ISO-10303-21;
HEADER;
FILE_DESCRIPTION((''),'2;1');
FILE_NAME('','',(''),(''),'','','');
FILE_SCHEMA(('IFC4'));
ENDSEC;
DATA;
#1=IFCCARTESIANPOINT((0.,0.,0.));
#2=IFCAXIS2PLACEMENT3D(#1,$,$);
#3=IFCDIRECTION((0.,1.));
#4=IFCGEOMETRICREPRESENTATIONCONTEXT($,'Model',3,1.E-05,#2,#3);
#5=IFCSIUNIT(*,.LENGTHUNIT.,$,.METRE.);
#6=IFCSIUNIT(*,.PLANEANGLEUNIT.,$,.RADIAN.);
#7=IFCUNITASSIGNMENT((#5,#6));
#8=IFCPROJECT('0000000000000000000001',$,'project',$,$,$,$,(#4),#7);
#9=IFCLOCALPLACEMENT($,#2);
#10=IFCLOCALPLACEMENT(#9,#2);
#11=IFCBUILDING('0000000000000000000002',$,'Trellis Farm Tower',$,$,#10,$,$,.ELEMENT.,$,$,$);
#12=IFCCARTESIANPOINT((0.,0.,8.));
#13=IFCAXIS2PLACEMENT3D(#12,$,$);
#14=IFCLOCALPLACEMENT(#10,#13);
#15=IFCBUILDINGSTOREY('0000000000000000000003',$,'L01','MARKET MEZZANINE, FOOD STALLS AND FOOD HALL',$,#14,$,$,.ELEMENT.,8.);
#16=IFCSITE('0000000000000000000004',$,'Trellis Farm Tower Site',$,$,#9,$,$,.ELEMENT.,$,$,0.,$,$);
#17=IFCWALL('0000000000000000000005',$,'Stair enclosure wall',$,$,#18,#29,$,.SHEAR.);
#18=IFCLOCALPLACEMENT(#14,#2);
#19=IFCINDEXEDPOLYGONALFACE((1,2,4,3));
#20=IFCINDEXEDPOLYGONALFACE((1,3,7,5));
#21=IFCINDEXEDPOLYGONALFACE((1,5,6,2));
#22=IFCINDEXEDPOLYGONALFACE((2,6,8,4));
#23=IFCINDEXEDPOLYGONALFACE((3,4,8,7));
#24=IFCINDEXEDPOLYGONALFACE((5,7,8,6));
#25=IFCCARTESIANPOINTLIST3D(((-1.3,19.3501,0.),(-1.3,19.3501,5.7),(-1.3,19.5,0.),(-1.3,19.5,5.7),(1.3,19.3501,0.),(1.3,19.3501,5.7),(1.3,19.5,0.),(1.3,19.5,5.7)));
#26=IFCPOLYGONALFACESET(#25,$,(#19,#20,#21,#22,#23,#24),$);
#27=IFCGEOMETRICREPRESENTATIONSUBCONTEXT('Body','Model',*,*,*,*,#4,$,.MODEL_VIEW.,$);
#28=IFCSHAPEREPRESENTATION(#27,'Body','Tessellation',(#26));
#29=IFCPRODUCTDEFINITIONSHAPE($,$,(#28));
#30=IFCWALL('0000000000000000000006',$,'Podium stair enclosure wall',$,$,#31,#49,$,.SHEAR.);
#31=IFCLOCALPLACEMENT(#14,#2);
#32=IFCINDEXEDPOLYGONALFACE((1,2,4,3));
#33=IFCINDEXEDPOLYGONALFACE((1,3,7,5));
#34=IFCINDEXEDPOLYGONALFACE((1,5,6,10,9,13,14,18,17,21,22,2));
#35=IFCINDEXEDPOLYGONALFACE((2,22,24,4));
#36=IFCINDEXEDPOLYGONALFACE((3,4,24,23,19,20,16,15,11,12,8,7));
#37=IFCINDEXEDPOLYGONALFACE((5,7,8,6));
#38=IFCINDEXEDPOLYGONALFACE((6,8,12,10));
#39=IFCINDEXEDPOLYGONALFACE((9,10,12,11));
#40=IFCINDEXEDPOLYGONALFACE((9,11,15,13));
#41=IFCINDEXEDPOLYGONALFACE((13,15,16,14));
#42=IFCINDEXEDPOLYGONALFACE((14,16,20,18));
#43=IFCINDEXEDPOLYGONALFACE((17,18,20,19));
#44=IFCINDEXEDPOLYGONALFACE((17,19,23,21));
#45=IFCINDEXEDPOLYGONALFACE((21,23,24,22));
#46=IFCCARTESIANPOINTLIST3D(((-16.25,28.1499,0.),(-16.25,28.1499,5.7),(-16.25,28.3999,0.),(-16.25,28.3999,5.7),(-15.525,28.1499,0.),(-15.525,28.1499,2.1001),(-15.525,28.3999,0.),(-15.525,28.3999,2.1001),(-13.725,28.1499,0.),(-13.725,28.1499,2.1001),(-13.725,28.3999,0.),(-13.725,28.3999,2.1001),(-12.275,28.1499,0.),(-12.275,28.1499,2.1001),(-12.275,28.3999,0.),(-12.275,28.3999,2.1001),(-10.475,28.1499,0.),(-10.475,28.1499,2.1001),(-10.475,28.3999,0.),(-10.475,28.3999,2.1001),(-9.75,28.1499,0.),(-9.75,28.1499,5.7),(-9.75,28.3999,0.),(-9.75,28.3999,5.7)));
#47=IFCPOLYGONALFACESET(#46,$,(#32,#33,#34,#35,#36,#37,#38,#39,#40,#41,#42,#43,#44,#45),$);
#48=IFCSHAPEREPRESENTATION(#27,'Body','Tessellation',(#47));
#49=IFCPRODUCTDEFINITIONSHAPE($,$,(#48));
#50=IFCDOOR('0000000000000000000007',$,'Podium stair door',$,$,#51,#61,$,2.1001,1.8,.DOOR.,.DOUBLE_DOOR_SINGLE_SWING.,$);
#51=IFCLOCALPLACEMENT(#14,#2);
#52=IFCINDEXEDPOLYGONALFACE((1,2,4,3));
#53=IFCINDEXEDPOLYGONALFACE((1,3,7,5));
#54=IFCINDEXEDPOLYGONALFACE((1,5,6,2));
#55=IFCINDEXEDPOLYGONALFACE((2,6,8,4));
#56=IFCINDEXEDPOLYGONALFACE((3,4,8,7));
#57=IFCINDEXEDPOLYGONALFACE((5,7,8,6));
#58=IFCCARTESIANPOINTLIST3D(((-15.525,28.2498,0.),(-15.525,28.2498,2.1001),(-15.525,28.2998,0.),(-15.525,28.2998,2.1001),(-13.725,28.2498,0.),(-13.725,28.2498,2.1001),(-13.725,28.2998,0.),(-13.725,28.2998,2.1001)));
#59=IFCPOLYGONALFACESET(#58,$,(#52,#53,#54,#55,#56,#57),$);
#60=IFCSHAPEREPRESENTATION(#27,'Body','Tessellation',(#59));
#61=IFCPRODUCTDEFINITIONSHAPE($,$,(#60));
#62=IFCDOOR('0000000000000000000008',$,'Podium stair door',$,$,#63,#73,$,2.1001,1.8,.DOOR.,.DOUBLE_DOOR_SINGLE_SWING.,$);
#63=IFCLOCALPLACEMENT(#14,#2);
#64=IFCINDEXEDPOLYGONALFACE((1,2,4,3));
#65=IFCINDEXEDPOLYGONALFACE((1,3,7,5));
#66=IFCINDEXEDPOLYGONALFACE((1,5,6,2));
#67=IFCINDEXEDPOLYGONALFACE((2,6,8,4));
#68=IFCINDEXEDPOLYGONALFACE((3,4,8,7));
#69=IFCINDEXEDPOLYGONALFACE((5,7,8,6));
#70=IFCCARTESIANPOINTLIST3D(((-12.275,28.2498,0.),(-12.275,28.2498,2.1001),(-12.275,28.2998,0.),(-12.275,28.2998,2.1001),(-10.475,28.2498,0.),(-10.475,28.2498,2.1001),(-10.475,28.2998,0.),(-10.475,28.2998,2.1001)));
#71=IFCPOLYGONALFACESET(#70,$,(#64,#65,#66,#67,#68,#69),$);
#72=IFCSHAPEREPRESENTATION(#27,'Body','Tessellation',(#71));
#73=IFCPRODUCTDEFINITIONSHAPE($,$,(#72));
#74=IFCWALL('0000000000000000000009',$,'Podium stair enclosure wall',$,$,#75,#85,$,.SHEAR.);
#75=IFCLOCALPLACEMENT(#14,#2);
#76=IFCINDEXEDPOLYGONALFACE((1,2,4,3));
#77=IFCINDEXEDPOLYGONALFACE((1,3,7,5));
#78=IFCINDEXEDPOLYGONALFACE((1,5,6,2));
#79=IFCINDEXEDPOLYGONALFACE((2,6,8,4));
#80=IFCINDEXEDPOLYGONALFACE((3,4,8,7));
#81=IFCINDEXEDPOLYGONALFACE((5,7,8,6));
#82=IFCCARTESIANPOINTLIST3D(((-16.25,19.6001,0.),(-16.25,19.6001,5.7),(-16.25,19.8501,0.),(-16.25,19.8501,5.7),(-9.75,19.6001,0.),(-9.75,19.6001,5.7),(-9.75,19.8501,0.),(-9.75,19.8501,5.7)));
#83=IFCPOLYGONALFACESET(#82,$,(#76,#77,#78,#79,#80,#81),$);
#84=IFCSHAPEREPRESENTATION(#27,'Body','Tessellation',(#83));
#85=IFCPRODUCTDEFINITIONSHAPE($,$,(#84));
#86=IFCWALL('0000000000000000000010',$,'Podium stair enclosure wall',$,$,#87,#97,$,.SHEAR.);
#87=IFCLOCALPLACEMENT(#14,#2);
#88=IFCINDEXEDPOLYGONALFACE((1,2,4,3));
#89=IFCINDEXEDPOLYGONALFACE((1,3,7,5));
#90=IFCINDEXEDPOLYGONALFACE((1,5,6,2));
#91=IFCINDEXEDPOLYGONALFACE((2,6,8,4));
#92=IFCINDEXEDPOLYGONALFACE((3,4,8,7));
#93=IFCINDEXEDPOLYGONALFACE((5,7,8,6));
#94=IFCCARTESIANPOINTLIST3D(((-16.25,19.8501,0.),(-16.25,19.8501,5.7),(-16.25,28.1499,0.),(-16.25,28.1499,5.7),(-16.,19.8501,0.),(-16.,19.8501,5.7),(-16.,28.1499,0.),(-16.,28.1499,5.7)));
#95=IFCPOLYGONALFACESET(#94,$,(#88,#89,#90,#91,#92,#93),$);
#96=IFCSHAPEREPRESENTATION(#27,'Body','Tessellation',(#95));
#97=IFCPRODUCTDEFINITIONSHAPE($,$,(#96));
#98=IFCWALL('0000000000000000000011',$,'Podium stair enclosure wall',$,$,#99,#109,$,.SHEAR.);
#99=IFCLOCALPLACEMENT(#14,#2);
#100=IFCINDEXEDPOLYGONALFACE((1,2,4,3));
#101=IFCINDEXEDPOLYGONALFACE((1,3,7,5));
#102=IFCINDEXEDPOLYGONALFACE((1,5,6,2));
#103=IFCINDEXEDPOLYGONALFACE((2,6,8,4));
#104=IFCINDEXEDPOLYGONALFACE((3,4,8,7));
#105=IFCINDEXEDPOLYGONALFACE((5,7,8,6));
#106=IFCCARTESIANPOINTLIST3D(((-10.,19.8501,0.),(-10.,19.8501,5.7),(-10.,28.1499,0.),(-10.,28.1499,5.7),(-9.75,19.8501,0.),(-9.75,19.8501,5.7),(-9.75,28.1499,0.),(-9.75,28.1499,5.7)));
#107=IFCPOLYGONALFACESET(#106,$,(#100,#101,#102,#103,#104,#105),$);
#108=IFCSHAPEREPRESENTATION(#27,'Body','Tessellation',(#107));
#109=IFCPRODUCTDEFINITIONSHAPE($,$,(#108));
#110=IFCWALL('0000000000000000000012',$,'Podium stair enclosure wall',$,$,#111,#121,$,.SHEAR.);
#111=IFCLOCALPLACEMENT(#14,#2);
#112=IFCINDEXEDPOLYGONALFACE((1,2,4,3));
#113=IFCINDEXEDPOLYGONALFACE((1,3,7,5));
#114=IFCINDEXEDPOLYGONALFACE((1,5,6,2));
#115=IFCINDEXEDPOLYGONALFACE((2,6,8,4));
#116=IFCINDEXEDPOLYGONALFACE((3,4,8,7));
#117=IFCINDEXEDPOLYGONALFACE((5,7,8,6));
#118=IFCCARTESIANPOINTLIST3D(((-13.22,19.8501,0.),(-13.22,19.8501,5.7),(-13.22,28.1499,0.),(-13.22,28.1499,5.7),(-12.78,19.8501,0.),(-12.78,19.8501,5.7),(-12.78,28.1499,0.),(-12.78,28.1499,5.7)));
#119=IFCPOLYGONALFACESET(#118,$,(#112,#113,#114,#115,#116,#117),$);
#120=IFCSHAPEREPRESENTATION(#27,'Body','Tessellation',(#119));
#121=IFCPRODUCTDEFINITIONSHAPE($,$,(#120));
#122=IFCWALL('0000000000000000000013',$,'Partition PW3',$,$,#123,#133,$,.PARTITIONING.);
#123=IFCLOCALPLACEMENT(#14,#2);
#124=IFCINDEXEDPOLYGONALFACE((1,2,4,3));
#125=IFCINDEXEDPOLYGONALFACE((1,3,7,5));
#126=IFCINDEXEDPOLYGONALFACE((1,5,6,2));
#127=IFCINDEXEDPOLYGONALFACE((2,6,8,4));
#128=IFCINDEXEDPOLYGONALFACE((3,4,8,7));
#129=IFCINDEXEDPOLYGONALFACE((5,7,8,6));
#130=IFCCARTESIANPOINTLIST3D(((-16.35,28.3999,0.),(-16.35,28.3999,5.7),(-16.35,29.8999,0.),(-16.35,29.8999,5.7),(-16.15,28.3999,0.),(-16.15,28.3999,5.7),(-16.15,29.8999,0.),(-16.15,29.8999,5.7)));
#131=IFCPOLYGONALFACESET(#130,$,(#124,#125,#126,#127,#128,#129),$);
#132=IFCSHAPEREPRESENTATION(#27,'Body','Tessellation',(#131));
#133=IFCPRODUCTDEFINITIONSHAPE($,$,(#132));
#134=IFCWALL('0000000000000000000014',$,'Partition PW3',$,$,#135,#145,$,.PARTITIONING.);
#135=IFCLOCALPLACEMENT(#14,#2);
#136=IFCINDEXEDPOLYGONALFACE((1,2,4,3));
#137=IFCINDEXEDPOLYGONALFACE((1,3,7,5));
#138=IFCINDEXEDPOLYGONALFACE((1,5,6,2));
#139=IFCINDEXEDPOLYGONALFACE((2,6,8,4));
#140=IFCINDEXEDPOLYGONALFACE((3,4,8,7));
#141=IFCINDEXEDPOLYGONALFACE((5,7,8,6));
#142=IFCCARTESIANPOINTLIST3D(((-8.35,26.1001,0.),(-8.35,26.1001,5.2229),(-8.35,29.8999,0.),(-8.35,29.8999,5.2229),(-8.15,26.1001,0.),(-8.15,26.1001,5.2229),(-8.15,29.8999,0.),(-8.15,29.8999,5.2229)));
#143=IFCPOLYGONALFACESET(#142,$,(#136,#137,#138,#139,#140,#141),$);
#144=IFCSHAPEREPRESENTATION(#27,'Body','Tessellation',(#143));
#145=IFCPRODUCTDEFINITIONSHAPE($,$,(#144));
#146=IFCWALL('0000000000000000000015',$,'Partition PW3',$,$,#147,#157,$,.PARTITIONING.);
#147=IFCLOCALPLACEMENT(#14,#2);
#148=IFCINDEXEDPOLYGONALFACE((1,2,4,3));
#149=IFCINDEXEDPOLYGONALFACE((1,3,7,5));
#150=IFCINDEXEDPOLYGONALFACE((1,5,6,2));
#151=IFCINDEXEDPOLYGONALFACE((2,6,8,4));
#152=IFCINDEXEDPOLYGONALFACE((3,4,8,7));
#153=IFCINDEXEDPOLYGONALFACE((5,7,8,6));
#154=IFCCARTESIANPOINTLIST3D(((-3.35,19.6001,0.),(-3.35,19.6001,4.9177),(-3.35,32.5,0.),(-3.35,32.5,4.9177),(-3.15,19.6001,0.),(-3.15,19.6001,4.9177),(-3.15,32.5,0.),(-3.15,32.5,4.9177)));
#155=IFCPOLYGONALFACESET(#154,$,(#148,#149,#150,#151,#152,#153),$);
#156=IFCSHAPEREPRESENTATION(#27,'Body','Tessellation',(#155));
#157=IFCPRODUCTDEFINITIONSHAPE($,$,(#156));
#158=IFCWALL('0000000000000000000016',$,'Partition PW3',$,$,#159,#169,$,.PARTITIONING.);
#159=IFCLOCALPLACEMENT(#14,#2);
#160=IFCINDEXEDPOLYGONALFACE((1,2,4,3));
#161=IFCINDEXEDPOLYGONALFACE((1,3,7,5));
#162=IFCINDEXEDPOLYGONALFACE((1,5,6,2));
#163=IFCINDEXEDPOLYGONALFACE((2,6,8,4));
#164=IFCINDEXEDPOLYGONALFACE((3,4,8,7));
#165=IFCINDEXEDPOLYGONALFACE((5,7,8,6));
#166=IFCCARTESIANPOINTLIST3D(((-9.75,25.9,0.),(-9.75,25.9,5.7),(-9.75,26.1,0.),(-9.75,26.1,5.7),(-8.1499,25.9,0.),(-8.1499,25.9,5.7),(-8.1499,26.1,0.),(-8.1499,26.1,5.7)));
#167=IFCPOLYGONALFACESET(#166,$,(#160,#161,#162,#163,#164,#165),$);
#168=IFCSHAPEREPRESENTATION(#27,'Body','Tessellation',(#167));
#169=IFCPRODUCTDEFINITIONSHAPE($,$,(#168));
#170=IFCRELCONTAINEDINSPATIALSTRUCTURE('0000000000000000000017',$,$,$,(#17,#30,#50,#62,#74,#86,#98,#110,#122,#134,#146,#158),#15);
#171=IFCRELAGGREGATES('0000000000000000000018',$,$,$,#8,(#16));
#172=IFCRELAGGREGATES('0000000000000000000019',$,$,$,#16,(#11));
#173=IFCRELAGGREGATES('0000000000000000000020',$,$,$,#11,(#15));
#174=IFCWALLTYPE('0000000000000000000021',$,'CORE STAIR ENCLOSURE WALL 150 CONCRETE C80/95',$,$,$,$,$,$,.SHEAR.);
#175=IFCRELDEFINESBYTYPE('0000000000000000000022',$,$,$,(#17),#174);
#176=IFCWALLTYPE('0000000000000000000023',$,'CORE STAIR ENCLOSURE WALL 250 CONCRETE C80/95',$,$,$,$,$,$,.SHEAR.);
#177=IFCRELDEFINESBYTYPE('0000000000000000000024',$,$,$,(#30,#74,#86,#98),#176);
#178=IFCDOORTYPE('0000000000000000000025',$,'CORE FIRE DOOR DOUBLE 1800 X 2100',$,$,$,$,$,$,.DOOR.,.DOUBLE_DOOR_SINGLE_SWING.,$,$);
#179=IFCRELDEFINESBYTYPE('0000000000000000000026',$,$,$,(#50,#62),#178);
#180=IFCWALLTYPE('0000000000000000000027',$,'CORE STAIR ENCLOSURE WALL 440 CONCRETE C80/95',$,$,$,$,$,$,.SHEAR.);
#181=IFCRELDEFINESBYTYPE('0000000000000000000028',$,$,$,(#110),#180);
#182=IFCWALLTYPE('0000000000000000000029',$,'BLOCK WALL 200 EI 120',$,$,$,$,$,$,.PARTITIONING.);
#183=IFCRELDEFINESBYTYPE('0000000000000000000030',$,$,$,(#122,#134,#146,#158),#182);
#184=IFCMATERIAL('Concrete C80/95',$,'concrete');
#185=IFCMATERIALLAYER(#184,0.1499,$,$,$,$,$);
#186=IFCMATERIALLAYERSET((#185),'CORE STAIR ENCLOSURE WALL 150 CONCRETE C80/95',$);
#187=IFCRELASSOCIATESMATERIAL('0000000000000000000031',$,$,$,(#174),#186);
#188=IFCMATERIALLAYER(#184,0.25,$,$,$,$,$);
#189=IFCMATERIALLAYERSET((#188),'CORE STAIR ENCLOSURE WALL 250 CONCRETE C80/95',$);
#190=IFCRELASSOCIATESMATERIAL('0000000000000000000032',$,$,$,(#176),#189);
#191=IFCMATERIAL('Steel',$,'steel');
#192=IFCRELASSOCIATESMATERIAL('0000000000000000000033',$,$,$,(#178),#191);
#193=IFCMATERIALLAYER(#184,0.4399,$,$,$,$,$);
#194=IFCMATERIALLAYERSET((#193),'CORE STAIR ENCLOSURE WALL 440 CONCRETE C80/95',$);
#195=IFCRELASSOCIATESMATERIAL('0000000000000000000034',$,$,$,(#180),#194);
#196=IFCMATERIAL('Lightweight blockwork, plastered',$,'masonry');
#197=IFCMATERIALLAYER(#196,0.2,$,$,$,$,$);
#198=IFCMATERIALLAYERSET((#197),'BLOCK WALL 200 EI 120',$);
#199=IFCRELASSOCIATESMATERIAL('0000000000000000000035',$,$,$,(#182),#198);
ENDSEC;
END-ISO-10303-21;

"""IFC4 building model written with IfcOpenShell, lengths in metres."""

from ifc_helpers import new_model, si_unit, direction, frame, frame_2d, origin, place, context, subcontext, project, spatial, rectangle, extrude, source, transform, mapped, material, layer, layer_set, type_object, element, fill, save


model = new_model("IFC4")

# Units and contexts
model_context = context("Model", 3, precision=1e-05, world=origin(), true_north=direction((0.0, 1.0)))
body_context = subcontext(model_context, "Body", "Model", "MODEL_VIEW")
ifc_project = project(units=[si_unit("LENGTHUNIT", "METRE"), si_unit("PLANEANGLEUNIT", "RADIAN")], contexts=[model_context])

# Site, building, storey
site_placement = place(None, origin())
site = spatial("IfcSite", under=ifc_project, at=site_placement, Name="Trellis Farm Tower Site", CompositionType="ELEMENT", RefElevation=0.0)
building_placement = place(site_placement, origin())
building = spatial("IfcBuilding", under=site, at=building_placement, Name="Trellis Farm Tower", CompositionType="ELEMENT")
storey_placement = place(building_placement, frame((0.0, 0.0, 8.0)))
storey = spatial("IfcBuildingStorey", under=building, at=storey_placement, Name="L01", Description="MARKET MEZZANINE, FOOD STALLS AND FOOD HALL", CompositionType="ELEMENT", Elevation=8.0)

# Wall
ifc_material_1 = material(Name="Concrete C80/95", Category="concrete")
ifc_layer_1 = layer(ifc_material_1, 0.1499)
ifc_layer_set_1 = layer_set([ifc_layer_1], Name="CORE STAIR ENCLOSURE WALL 150 CONCRETE C80/95")
wall_type_1 = type_object("IfcWallType", Name="CORE STAIR ENCLOSURE WALL 150 CONCRETE C80/95", PredefinedType="SHEAR", material=ifc_layer_set_1)
shared_shape_1 = source(origin(), body_context, "Body", "SweptSolid", [
    extrude(rectangle(XDim=2.6001, YDim=0.1499, at=frame_2d((1.3, 0.0))), origin(), (0.0, 0.0, 1.0), 5.7),
])
wall_1_placement = place(storey_placement, frame((-1.3, 19.425, 0.0), z_axis=(0.0, 0.0, 1.0), x_axis=(1.0, 0.0, 0.0)))
element("IfcWall", 1, at=wall_1_placement, inside=storey, type_object=wall_type_1, Name="Stair enclosure wall", PredefinedType="SHEAR", context=body_context, shape_type="MappedRepresentation", body=[
    mapped(shared_shape_1, transform((0.0, 0.0, 0.0))),
])

# Wall, openings, doors
ifc_layer_2 = layer(ifc_material_1, 0.25)
ifc_layer_set_2 = layer_set([ifc_layer_2], Name="CORE STAIR ENCLOSURE WALL 250 CONCRETE C80/95")
wall_type_2 = type_object("IfcWallType", Name="CORE STAIR ENCLOSURE WALL 250 CONCRETE C80/95", PredefinedType="SHEAR", material=ifc_layer_set_2)
shared_shape_2 = source(origin(), body_context, "Body", "SweptSolid", [
    extrude(rectangle(XDim=6.5, YDim=0.25, at=frame_2d((3.25, 0.0))), origin(), (0.0, 0.0, 1.0), 5.7),
])
wall_2_placement = place(storey_placement, frame((-16.25, 28.2749, 0.0), z_axis=(0.0, 0.0, 1.0), x_axis=(1.0, 0.0, 0.0)))
wall_2 = element("IfcWall", 2, at=wall_2_placement, inside=storey, type_object=wall_type_2, Name="Podium stair enclosure wall", PredefinedType="SHEAR", context=body_context, shape_type="MappedRepresentation", body=[
    mapped(shared_shape_2, transform((0.0, 0.0, 0.0))),
])
shared_shape_3 = source(origin(), body_context, "Body", "SweptSolid", [
    extrude(rectangle(XDim=1.8, YDim=2.1001, at=frame_2d((0.8999, 1.05))), frame((0.0, 0.135, 0.0), z_axis=(0.0, -1.0, 0.0), x_axis=(1.0, 0.0, 0.0)), (0.0, 0.0, 1.0), 0.27),
])
opening_1_placement = place(wall_2_placement, frame((0.7251, 0.0, 0.0)))
opening_1 = element("IfcOpeningElement", 3, at=opening_1_placement, cuts=wall_2, PredefinedType="OPENING", context=body_context, shape_type="MappedRepresentation", body=[
    mapped(shared_shape_3, transform((0.0, 0.0, 0.0))),
])
opening_2_placement = place(wall_2_placement, frame((3.9751, 0.0, 0.0)))
opening_2 = element("IfcOpeningElement", 4, at=opening_2_placement, cuts=wall_2, PredefinedType="OPENING", context=body_context, shape_type="MappedRepresentation", body=[
    mapped(shared_shape_3, transform((0.0, 0.0, 0.0))),
])
ifc_material_2 = material(Name="Steel", Category="steel")
door_type = type_object("IfcDoorType", Name="CORE FIRE DOOR DOUBLE 1800 X 2100", OperationType="DOUBLE_DOOR_SINGLE_SWING", PredefinedType="DOOR", material=ifc_material_2)
shared_shape_4 = source(origin(), body_context, "Body", "SweptSolid", [
    extrude(rectangle(XDim=1.8, YDim=2.1001, at=frame_2d((0.8999, 1.05))), frame((0.0, 0.0249, 0.0), z_axis=(0.0, -1.0, 0.0), x_axis=(1.0, 0.0, 0.0)), (0.0, 0.0, 1.0), 0.05),
])
door_1_placement = place(opening_1_placement, origin())
door_1 = element("IfcDoor", 5, at=door_1_placement, inside=storey, type_object=door_type, Name="Podium stair door", OperationType="DOUBLE_DOOR_SINGLE_SWING", OverallHeight=2.1001, OverallWidth=1.8, PredefinedType="DOOR", context=body_context, shape_type="MappedRepresentation", body=[
    mapped(shared_shape_4, transform((0.0, 0.0, 0.0))),
])
fill(opening_1, door_1)
door_2_placement = place(opening_2_placement, origin())
door_2 = element("IfcDoor", 6, at=door_2_placement, inside=storey, type_object=door_type, Name="Podium stair door", OperationType="DOUBLE_DOOR_SINGLE_SWING", OverallHeight=2.1001, OverallWidth=1.8, PredefinedType="DOOR", context=body_context, shape_type="MappedRepresentation", body=[
    mapped(shared_shape_4, transform((0.0, 0.0, 0.0))),
])
fill(opening_2, door_2)

# Walls
wall_3_placement = place(storey_placement, frame((-16.25, 19.7251, 0.0), z_axis=(0.0, 0.0, 1.0), x_axis=(1.0, 0.0, 0.0)))
element("IfcWall", 7, at=wall_3_placement, inside=storey, type_object=wall_type_2, Name="Podium stair enclosure wall", PredefinedType="SHEAR", context=body_context, shape_type="MappedRepresentation", body=[
    mapped(shared_shape_2, transform((0.0, 0.0, 0.0))),
])
shared_shape_5 = source(origin(), body_context, "Body", "SweptSolid", [
    extrude(rectangle(XDim=8.2998, YDim=0.25, at=frame_2d((4.1499, 0.0))), origin(), (0.0, 0.0, 1.0), 5.7),
])
for number, where, z_axis, x_axis, name in (
    (8, (-16.125, 19.8501, 0.0), (0.0, 0.0, 1.0), (0.0, 1.0, 0.0), "Podium stair enclosure wall"),
    (9, (-9.875, 19.8501, 0.0), (0.0, 0.0, 1.0), (0.0, 1.0, 0.0), "Podium stair enclosure wall"),
):
    element("IfcWall", number, at=place(storey_placement, frame(where, z_axis=z_axis, x_axis=x_axis)), inside=storey, type_object=wall_type_2, Name=name, PredefinedType="SHEAR", context=body_context, shape_type="MappedRepresentation", body=[
        mapped(shared_shape_5, transform((0.0, 0.0, 0.0))),
    ])
ifc_layer_3 = layer(ifc_material_1, 0.4399)
ifc_layer_set_3 = layer_set([ifc_layer_3], Name="CORE STAIR ENCLOSURE WALL 440 CONCRETE C80/95")
wall_type_3 = type_object("IfcWallType", Name="CORE STAIR ENCLOSURE WALL 440 CONCRETE C80/95", PredefinedType="SHEAR", material=ifc_layer_set_3)
shared_shape_6 = source(origin(), body_context, "Body", "SweptSolid", [
    extrude(rectangle(XDim=8.2998, YDim=0.4399, at=frame_2d((4.1499, 0.0))), origin(), (0.0, 0.0, 1.0), 5.7),
])
wall_4_placement = place(storey_placement, frame((-13.0, 19.8501, 0.0), z_axis=(0.0, 0.0, 1.0), x_axis=(0.0, 1.0, 0.0)))
element("IfcWall", 10, at=wall_4_placement, inside=storey, type_object=wall_type_3, Name="Podium stair enclosure wall", PredefinedType="SHEAR", context=body_context, shape_type="MappedRepresentation", body=[
    mapped(shared_shape_6, transform((0.0, 0.0, 0.0))),
])
ifc_material_3 = material(Name="Lightweight blockwork, plastered", Category="masonry")
ifc_layer_4 = layer(ifc_material_3, 0.2)
ifc_layer_set_4 = layer_set([ifc_layer_4], Name="BLOCK WALL 200 EI 120")
wall_type_4 = type_object("IfcWallType", Name="BLOCK WALL 200 EI 120", PredefinedType="PARTITIONING", material=ifc_layer_set_4)
shared_shape_7 = source(origin(), body_context, "Body", "SweptSolid", [
    extrude(rectangle(XDim=1.5, YDim=0.2, at=frame_2d((0.75, 0.0))), origin(), (0.0, 0.0, 1.0), 5.7),
])
wall_5_placement = place(storey_placement, frame((-16.25, 28.3999, 0.0), z_axis=(0.0, 0.0, 1.0), x_axis=(0.0, 1.0, 0.0)))
element("IfcWall", 11, at=wall_5_placement, inside=storey, type_object=wall_type_4, Name="Partition PW3", PredefinedType="PARTITIONING", context=body_context, shape_type="MappedRepresentation", body=[
    mapped(shared_shape_7, transform((0.0, 0.0, 0.0))),
])
shared_shape_8 = source(origin(), body_context, "Body", "SweptSolid", [
    extrude(rectangle(XDim=3.7998, YDim=0.2, at=frame_2d((1.8999, 0.0))), origin(), (0.0, 0.0, 1.0), 5.2229),
])
wall_6_placement = place(storey_placement, frame((-8.25, 26.1001, 0.0), z_axis=(0.0, 0.0, 1.0), x_axis=(0.0, 1.0, 0.0)))
element("IfcWall", 12, at=wall_6_placement, inside=storey, type_object=wall_type_4, Name="Partition PW3", PredefinedType="PARTITIONING", context=body_context, shape_type="MappedRepresentation", body=[
    mapped(shared_shape_8, transform((0.0, 0.0, 0.0))),
])
shared_shape_9 = source(origin(), body_context, "Body", "SweptSolid", [
    extrude(rectangle(XDim=12.8999, YDim=0.2, at=frame_2d((6.45, 0.0))), origin(), (0.0, 0.0, 1.0), 4.9177),
])
wall_7_placement = place(storey_placement, frame((-3.25, 19.6001, 0.0), z_axis=(0.0, 0.0, 1.0), x_axis=(0.0, 1.0, 0.0)))
element("IfcWall", 13, at=wall_7_placement, inside=storey, type_object=wall_type_4, Name="Partition PW3", PredefinedType="PARTITIONING", context=body_context, shape_type="MappedRepresentation", body=[
    mapped(shared_shape_9, transform((0.0, 0.0, 0.0))),
])
shared_shape_10 = source(origin(), body_context, "Body", "SweptSolid", [
    extrude(rectangle(XDim=1.6001, YDim=0.2, at=frame_2d((0.8, 0.0))), origin(), (0.0, 0.0, 1.0), 5.7),
])
wall_8_placement = place(storey_placement, frame((-8.1499, 26.0, 0.0), z_axis=(0.0, 0.0, 1.0), x_axis=(-1.0, 0.0, 0.0)))
element("IfcWall", 14, at=wall_8_placement, inside=storey, type_object=wall_type_4, Name="Partition PW3", PredefinedType="PARTITIONING", context=body_context, shape_type="MappedRepresentation", body=[
    mapped(shared_shape_10, transform((0.0, 0.0, 0.0))),
])

save(model, "model.ifc")
